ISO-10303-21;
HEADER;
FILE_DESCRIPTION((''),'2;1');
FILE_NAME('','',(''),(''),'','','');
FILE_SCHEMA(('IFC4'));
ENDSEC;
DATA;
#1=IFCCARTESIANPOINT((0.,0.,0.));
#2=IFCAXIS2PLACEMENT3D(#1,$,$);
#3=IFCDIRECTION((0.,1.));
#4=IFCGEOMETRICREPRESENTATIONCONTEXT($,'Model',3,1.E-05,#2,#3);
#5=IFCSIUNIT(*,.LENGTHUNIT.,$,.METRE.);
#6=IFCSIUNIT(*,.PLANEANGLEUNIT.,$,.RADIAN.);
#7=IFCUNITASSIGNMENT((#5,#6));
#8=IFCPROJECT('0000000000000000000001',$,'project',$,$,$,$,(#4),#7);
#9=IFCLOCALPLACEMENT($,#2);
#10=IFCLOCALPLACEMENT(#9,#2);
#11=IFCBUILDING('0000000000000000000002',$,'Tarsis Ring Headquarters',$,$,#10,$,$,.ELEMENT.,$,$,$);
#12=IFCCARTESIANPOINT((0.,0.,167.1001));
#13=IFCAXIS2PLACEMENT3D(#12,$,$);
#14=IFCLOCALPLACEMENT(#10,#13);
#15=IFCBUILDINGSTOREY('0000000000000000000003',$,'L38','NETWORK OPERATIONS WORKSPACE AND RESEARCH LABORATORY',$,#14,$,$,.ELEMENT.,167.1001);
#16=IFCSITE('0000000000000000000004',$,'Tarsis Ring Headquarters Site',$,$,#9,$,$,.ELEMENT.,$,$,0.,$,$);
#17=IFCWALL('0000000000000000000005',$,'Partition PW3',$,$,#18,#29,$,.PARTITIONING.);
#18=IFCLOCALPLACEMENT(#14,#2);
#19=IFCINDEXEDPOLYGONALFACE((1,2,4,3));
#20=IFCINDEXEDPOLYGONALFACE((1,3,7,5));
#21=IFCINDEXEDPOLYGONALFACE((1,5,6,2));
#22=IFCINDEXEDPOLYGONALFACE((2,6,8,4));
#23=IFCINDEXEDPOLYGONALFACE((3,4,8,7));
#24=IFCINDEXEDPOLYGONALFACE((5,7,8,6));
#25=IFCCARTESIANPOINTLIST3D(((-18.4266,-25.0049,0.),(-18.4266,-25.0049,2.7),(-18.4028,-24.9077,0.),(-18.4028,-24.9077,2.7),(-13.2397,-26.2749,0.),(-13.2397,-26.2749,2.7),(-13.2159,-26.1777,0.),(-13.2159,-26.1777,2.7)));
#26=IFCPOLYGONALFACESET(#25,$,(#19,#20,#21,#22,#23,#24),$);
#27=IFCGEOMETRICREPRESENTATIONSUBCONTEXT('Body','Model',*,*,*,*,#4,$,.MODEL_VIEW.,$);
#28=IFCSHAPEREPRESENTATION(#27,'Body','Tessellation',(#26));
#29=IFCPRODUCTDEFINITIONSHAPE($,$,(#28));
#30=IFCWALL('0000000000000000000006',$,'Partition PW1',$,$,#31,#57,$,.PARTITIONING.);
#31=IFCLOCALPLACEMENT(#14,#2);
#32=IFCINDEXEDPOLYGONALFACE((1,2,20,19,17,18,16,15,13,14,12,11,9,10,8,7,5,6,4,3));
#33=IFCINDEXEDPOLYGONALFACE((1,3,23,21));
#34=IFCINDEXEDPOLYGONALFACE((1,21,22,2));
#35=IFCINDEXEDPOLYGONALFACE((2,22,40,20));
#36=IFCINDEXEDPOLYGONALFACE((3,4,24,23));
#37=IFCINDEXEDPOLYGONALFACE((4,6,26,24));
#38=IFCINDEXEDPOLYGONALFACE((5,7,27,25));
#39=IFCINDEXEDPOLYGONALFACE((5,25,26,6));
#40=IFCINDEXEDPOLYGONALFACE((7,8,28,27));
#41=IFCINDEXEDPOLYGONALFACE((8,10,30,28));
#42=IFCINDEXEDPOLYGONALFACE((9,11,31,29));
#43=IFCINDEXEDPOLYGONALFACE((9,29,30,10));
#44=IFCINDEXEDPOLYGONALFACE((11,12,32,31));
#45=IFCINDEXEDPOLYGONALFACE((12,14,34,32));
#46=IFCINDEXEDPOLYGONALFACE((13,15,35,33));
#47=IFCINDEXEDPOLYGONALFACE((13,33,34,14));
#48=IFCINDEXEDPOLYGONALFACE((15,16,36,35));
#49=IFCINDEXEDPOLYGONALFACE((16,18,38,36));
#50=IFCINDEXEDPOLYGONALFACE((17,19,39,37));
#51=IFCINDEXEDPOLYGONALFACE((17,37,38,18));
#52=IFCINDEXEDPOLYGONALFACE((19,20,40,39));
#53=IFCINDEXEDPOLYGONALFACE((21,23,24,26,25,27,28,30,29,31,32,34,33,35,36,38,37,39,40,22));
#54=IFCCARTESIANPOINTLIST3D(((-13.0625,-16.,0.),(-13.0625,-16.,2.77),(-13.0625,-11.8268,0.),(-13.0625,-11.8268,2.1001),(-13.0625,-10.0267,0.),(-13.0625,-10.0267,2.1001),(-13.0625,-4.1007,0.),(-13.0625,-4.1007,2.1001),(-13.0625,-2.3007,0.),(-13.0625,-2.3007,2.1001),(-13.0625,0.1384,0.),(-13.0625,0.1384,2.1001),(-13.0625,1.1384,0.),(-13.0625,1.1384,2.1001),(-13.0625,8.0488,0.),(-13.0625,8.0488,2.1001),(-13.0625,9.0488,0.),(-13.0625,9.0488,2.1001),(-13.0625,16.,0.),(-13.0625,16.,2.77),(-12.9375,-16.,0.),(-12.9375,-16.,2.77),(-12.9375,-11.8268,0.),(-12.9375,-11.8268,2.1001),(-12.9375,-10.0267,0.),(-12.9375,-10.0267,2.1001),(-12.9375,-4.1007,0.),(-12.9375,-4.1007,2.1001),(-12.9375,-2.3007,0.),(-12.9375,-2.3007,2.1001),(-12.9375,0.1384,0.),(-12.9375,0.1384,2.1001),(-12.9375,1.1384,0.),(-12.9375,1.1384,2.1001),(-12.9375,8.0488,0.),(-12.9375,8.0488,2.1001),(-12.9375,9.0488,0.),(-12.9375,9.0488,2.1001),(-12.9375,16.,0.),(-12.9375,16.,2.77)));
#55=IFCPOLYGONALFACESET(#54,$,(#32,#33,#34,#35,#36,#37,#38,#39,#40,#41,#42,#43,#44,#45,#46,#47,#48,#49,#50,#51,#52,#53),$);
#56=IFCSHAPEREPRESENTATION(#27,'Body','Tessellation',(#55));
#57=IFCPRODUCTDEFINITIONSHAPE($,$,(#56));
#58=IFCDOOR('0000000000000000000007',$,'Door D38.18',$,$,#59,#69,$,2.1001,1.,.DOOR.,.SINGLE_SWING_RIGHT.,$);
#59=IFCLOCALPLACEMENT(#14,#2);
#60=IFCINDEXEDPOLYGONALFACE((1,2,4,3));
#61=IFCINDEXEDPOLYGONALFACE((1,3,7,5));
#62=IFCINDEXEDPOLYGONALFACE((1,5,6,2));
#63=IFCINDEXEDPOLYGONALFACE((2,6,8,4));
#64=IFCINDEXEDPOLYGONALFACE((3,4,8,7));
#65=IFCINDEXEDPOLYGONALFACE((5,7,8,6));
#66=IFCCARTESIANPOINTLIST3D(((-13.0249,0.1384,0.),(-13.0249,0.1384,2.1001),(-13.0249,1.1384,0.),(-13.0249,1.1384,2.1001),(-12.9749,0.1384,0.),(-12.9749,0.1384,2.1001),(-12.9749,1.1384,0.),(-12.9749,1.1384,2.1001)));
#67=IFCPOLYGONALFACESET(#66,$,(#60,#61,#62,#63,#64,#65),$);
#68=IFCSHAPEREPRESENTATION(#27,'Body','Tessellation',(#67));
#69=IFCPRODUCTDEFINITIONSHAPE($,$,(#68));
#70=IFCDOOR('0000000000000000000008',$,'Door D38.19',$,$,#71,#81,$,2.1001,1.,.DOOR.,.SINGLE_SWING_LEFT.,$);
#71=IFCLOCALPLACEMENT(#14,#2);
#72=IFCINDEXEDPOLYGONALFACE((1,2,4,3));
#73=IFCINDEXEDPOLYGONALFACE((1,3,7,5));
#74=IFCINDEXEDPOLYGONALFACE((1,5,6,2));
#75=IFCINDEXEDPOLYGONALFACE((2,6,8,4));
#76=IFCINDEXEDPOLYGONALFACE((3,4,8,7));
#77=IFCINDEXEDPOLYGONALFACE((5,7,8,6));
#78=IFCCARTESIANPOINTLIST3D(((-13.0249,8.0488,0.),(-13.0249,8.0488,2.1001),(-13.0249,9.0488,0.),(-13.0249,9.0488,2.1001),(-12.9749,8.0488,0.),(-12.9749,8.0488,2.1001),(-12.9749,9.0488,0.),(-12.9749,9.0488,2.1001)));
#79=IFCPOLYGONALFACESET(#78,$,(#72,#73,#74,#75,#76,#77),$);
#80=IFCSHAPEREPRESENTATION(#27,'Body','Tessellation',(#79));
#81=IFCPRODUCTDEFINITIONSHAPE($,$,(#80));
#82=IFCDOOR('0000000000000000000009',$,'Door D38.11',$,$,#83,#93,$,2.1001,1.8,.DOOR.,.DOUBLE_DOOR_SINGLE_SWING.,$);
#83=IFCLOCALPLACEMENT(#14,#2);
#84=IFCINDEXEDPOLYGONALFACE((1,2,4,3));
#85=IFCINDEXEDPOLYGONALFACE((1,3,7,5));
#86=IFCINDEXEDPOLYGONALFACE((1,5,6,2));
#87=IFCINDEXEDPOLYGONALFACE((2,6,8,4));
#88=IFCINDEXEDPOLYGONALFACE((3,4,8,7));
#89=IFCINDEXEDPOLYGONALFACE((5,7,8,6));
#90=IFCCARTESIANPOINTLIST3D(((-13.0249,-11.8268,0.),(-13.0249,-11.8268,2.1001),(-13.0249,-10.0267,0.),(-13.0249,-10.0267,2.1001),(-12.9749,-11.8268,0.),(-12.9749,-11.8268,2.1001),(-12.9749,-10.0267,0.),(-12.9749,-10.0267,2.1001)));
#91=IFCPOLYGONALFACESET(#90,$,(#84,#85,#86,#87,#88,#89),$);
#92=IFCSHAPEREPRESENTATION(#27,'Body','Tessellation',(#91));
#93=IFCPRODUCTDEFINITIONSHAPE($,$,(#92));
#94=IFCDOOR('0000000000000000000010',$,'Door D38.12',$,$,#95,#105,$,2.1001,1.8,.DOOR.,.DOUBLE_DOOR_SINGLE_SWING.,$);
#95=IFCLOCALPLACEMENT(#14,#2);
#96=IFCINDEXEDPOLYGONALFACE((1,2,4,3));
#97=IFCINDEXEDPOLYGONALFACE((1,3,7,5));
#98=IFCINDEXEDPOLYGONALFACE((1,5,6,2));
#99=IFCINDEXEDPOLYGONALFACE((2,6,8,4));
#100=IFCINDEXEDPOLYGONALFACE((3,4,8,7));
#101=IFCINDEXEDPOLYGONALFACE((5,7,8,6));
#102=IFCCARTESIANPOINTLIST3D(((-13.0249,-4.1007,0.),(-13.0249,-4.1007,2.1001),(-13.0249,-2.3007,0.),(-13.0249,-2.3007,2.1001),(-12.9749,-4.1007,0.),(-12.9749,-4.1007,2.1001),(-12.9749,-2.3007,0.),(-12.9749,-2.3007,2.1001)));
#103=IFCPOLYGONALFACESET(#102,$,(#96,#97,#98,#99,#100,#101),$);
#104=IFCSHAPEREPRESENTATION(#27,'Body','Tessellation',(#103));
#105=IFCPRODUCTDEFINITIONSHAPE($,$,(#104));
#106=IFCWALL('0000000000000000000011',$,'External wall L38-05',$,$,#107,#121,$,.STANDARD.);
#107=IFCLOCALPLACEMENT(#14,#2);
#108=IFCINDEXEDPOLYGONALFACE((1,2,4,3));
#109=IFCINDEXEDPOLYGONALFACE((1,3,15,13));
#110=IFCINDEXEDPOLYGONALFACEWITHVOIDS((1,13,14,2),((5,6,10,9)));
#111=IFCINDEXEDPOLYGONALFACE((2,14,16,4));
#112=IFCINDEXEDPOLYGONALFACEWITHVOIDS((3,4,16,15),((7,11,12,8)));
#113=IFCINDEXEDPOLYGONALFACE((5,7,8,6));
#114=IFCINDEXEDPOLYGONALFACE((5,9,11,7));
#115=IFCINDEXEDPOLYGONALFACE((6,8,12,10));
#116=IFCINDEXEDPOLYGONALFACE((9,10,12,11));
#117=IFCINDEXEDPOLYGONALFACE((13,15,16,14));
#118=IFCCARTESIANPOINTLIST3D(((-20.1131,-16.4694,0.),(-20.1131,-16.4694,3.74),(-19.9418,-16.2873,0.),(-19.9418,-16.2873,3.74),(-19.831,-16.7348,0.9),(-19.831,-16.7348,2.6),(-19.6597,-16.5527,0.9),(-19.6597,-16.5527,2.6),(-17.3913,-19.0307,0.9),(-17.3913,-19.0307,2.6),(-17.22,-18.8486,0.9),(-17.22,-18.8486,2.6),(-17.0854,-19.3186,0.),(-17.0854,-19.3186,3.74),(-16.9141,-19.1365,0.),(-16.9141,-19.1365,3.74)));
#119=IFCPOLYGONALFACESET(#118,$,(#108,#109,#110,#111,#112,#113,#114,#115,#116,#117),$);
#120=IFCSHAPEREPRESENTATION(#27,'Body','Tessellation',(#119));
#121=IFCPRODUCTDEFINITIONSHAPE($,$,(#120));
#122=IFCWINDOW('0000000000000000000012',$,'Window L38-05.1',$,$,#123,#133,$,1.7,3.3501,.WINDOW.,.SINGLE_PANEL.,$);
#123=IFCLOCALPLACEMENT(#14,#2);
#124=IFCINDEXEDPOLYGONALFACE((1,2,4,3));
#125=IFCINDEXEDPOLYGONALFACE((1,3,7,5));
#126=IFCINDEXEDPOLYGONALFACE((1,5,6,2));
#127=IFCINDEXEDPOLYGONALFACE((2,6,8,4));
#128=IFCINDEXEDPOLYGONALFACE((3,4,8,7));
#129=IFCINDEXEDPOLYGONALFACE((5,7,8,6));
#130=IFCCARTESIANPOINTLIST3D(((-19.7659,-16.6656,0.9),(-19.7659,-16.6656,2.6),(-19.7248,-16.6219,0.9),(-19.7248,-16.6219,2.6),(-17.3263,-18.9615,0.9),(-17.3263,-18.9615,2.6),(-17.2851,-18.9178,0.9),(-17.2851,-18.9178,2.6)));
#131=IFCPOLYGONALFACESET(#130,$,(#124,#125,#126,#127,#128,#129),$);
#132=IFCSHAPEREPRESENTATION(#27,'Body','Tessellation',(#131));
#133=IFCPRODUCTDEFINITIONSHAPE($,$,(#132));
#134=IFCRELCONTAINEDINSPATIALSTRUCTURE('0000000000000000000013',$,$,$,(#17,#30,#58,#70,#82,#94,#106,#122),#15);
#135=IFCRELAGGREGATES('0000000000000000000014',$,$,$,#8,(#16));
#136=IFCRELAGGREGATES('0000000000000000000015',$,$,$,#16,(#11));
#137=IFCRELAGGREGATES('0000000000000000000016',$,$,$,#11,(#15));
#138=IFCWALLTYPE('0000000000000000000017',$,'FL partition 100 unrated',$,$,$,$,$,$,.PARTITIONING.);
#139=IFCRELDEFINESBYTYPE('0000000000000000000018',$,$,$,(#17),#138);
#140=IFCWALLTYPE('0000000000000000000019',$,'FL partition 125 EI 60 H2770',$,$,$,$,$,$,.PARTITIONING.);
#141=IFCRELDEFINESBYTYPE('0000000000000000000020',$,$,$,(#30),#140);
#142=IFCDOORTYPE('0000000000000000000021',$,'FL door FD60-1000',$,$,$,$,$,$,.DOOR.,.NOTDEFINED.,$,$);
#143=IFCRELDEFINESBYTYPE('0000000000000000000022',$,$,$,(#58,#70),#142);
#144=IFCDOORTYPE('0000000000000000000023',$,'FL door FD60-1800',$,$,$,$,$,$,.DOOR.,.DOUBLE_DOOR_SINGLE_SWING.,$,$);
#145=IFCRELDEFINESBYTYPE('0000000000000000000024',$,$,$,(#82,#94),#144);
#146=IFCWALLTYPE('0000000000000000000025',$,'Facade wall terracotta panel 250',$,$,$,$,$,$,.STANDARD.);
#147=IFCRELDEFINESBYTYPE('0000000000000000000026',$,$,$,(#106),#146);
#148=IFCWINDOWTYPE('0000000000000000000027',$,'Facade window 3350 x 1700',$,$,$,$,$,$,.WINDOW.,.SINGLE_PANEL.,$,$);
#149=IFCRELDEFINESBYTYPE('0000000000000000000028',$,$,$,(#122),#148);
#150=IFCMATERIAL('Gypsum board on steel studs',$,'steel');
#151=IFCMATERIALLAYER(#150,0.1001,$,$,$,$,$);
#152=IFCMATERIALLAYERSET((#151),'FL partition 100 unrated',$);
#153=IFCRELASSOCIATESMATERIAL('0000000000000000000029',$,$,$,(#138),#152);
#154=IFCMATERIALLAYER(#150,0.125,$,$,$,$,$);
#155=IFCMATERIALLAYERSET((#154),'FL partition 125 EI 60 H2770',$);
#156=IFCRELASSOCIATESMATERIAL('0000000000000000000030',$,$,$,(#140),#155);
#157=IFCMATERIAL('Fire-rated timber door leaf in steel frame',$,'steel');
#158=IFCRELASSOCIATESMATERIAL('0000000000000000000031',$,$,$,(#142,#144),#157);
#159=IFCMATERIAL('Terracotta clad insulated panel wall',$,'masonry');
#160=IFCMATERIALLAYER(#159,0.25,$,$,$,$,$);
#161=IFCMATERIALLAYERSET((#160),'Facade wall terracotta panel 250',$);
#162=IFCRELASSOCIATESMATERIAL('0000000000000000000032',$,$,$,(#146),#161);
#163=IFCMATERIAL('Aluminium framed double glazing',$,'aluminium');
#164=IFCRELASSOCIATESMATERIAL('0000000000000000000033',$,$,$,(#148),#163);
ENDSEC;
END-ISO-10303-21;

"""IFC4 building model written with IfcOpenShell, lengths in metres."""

from ifc_helpers import new_model, si_unit, direction, frame, frame_2d, origin, place, context, subcontext, project, spatial, rectangle, extrude, material, layer, layer_set, type_object, element, fill, save


model = new_model("IFC4")

# Units and contexts
model_context = context("Model", 3, precision=1e-05, world=origin(), true_north=direction((0.0, 1.0)))
body_context = subcontext(model_context, "Body", "Model", "MODEL_VIEW")
ifc_project = project(units=[si_unit("LENGTHUNIT", "METRE"), si_unit("PLANEANGLEUNIT", "RADIAN")], contexts=[model_context])

# Site, building, storey
site_placement = place(None, origin())
site = spatial("IfcSite", under=ifc_project, at=site_placement, Name="Tarsis Ring Headquarters Site", CompositionType="ELEMENT", RefElevation=0.0)
building_placement = place(site_placement, origin())
building = spatial("IfcBuilding", under=site, at=building_placement, Name="Tarsis Ring Headquarters", CompositionType="ELEMENT")
storey_placement = place(building_placement, frame((0.0, 0.0, 167.1001)))
storey = spatial("IfcBuildingStorey", under=building, at=storey_placement, Name="L38", Description="NETWORK OPERATIONS WORKSPACE AND RESEARCH LABORATORY", CompositionType="ELEMENT", Elevation=167.1001)

# Wall
ifc_material_1 = material(Name="Gypsum board on steel studs", Category="steel")
ifc_layer_1 = layer(ifc_material_1, 0.1001)
ifc_layer_set_1 = layer_set([ifc_layer_1], Name="FL partition 100 unrated")
wall_type_1 = type_object("IfcWallType", Name="FL partition 100 unrated", PredefinedType="PARTITIONING", material=ifc_layer_set_1)
wall_1_placement = place(storey_placement, frame((-18.4146, -24.9563, 0.0), z_axis=(0.0, 0.0, 1.0), x_axis=(0.971306, -0.237832, 0.0)))
element("IfcWall", 1, at=wall_1_placement, inside=storey, type_object=wall_type_1, Name="Partition PW3", PredefinedType="PARTITIONING", context=body_context, shape_type="SweptSolid", body=[
    extrude(rectangle(XDim=5.3401, YDim=0.1001, at=frame_2d((2.6699, 0.0))), origin(), (0.0, 0.0, 1.0), 2.7),
])

# Wall, openings, doors
ifc_layer_2 = layer(ifc_material_1, 0.125)
ifc_layer_set_2 = layer_set([ifc_layer_2], Name="FL partition 125 EI 60 H2770")
wall_type_2 = type_object("IfcWallType", Name="FL partition 125 EI 60 H2770", PredefinedType="PARTITIONING", material=ifc_layer_set_2)
wall_2_placement = place(storey_placement, frame((-13.0, -16.0, 0.0), z_axis=(0.0, 0.0, 1.0), x_axis=(0.0, 1.0, 0.0)))
wall_2 = element("IfcWall", 2, at=wall_2_placement, inside=storey, type_object=wall_type_2, Name="Partition PW1", PredefinedType="PARTITIONING", context=body_context, shape_type="SweptSolid", body=[
    extrude(rectangle(XDim=32.0, YDim=0.125, at=frame_2d((16.0, 0.0))), origin(), (0.0, 0.0, 1.0), 2.77),
])
opening_1_placement = place(wall_2_placement, frame((4.1733, 0.0, 0.0)))
opening_1 = element("IfcOpeningElement", 3, at=opening_1_placement, cuts=wall_2, PredefinedType="OPENING", context=body_context, shape_type="SweptSolid", body=[
    extrude(rectangle(XDim=1.8, YDim=2.1001, at=frame_2d((0.8999, 1.05))), frame((0.0, 0.0725, 0.0), z_axis=(0.0, -1.0, 0.0), x_axis=(1.0, 0.0, 0.0)), (0.0, 0.0, 1.0), 0.145),
])
opening_2_placement = place(wall_2_placement, frame((11.8994, 0.0, 0.0)))
opening_2 = element("IfcOpeningElement", 4, at=opening_2_placement, cuts=wall_2, PredefinedType="OPENING", context=body_context, shape_type="SweptSolid", body=[
    extrude(rectangle(XDim=1.8, YDim=2.1001, at=frame_2d((0.8999, 1.05))), frame((0.0, 0.0725, 0.0), z_axis=(0.0, -1.0, 0.0), x_axis=(1.0, 0.0, 0.0)), (0.0, 0.0, 1.0), 0.145),
])
opening_3_placement = place(wall_2_placement, frame((16.1384, 0.0, 0.0)))
opening_3 = element("IfcOpeningElement", 5, at=opening_3_placement, cuts=wall_2, PredefinedType="OPENING", context=body_context, shape_type="SweptSolid", body=[
    extrude(rectangle(XDim=1.0, YDim=2.1001, at=frame_2d((0.5, 1.05))), frame((0.0, 0.0725, 0.0), z_axis=(0.0, -1.0, 0.0), x_axis=(1.0, 0.0, 0.0)), (0.0, 0.0, 1.0), 0.145),
])
opening_4_placement = place(wall_2_placement, frame((24.0488, 0.0, 0.0)))
opening_4 = element("IfcOpeningElement", 6, at=opening_4_placement, cuts=wall_2, PredefinedType="OPENING", context=body_context, shape_type="SweptSolid", body=[
    extrude(rectangle(XDim=1.0, YDim=2.1001, at=frame_2d((0.5, 1.05))), frame((0.0, 0.0725, 0.0), z_axis=(0.0, -1.0, 0.0), x_axis=(1.0, 0.0, 0.0)), (0.0, 0.0, 1.0), 0.145),
])
ifc_material_2 = material(Name="Fire-rated timber door leaf in steel frame", Category="steel")
door_type_1 = type_object("IfcDoorType", Name="FL door FD60-1000", OperationType="NOTDEFINED", PredefinedType="DOOR", material=ifc_material_2)
door_1_placement = place(opening_3_placement, origin())
door_1 = element("IfcDoor", 7, at=door_1_placement, inside=storey, type_object=door_type_1, Name="Door D38.18", OperationType="SINGLE_SWING_RIGHT", OverallHeight=2.1001, OverallWidth=1.0, PredefinedType="DOOR", context=body_context, shape_type="SweptSolid", body=[
    extrude(rectangle(XDim=1.0, YDim=2.1001, at=frame_2d((0.5, 1.05))), frame((0.0, 0.0249, 0.0), z_axis=(0.0, -1.0, 0.0), x_axis=(1.0, 0.0, 0.0)), (0.0, 0.0, 1.0), 0.05),
])
fill(opening_3, door_1)
door_2_placement = place(opening_4_placement, origin())
door_2 = element("IfcDoor", 8, at=door_2_placement, inside=storey, type_object=door_type_1, Name="Door D38.19", OperationType="SINGLE_SWING_LEFT", OverallHeight=2.1001, OverallWidth=1.0, PredefinedType="DOOR", context=body_context, shape_type="SweptSolid", body=[
    extrude(rectangle(XDim=1.0, YDim=2.1001, at=frame_2d((0.5, 1.05))), frame((0.0, 0.0249, 0.0), z_axis=(0.0, -1.0, 0.0), x_axis=(1.0, 0.0, 0.0)), (0.0, 0.0, 1.0), 0.05),
])
fill(opening_4, door_2)
door_type_2 = type_object("IfcDoorType", Name="FL door FD60-1800", OperationType="DOUBLE_DOOR_SINGLE_SWING", PredefinedType="DOOR", material=ifc_material_2)
door_3_placement = place(opening_1_placement, origin())
door_3 = element("IfcDoor", 9, at=door_3_placement, inside=storey, type_object=door_type_2, Name="Door D38.11", OperationType="DOUBLE_DOOR_SINGLE_SWING", OverallHeight=2.1001, OverallWidth=1.8, PredefinedType="DOOR", context=body_context, shape_type="SweptSolid", body=[
    extrude(rectangle(XDim=1.8, YDim=2.1001, at=frame_2d((0.8999, 1.05))), frame((0.0, 0.0249, 0.0), z_axis=(0.0, -1.0, 0.0), x_axis=(1.0, 0.0, 0.0)), (0.0, 0.0, 1.0), 0.05),
])
fill(opening_1, door_3)
door_4_placement = place(opening_2_placement, origin())
door_4 = element("IfcDoor", 10, at=door_4_placement, inside=storey, type_object=door_type_2, Name="Door D38.12", OperationType="DOUBLE_DOOR_SINGLE_SWING", OverallHeight=2.1001, OverallWidth=1.8, PredefinedType="DOOR", context=body_context, shape_type="SweptSolid", body=[
    extrude(rectangle(XDim=1.8, YDim=2.1001, at=frame_2d((0.8999, 1.05))), frame((0.0, 0.0249, 0.0), z_axis=(0.0, -1.0, 0.0), x_axis=(1.0, 0.0, 0.0)), (0.0, 0.0, 1.0), 0.05),
])
fill(opening_2, door_4)

# Wall, opening, window
ifc_material_3 = material(Name="Terracotta clad insulated panel wall", Category="masonry")
ifc_layer_3 = layer(ifc_material_3, 0.25)
ifc_layer_set_3 = layer_set([ifc_layer_3], Name="Facade wall terracotta panel 250")
wall_type_3 = type_object("IfcWallType", Name="Facade wall terracotta panel 250", PredefinedType="STANDARD", material=ifc_layer_set_3)
wall_3_placement = place(storey_placement, frame((-20.0273, -16.3784, 0.0), z_axis=(0.0, 0.0, 1.0), x_axis=(0.728245, -0.685317, 0.0)))
wall_3 = element("IfcWall", 11, at=wall_3_placement, inside=storey, type_object=wall_type_3, Name="External wall L38-05", PredefinedType="STANDARD", context=body_context, shape_type="SweptSolid", body=[
    extrude(rectangle(XDim=4.1575, YDim=0.25, at=frame_2d((2.0786, 0.0))), origin(), (0.0, 0.0, 1.0), 3.74),
])
opening_5_placement = place(wall_3_placement, frame((0.3872, 0.0, 0.8999)))
opening_5 = element("IfcOpeningElement", 12, at=opening_5_placement, cuts=wall_3, PredefinedType="OPENING", context=body_context, shape_type="SweptSolid", body=[
    extrude(rectangle(XDim=3.3501, YDim=1.7, at=frame_2d((1.675, 0.8501))), frame((0.0, 0.135, 0.0), z_axis=(0.0, -1.0, 0.0), x_axis=(1.0, 0.0, 0.0)), (0.0, 0.0, 1.0), 0.27),
])
ifc_material_4 = material(Name="Aluminium framed double glazing", Category="aluminium")
window_type_1 = type_object("IfcWindowType", Name="Facade window 3350 x 1700", PartitioningType="SINGLE_PANEL", PredefinedType="WINDOW", material=ifc_material_4)
window_1_placement = place(opening_5_placement, origin())
window_1 = element("IfcWindow", 13, at=window_1_placement, inside=storey, type_object=window_type_1, Name="Window L38-05.1", OverallHeight=1.7, OverallWidth=3.3501, PartitioningType="SINGLE_PANEL", PredefinedType="WINDOW", context=body_context, shape_type="SweptSolid", body=[
    extrude(rectangle(XDim=3.3501, YDim=1.7, at=frame_2d((1.675, 0.8501))), frame((0.0, 0.03, 0.0), z_axis=(0.0, -1.0, 0.0), x_axis=(1.0, 0.0, 0.0)), (0.0, 0.0, 1.0), 0.0601),
])
fill(opening_5, window_1)

save(model, "model.ifc")
